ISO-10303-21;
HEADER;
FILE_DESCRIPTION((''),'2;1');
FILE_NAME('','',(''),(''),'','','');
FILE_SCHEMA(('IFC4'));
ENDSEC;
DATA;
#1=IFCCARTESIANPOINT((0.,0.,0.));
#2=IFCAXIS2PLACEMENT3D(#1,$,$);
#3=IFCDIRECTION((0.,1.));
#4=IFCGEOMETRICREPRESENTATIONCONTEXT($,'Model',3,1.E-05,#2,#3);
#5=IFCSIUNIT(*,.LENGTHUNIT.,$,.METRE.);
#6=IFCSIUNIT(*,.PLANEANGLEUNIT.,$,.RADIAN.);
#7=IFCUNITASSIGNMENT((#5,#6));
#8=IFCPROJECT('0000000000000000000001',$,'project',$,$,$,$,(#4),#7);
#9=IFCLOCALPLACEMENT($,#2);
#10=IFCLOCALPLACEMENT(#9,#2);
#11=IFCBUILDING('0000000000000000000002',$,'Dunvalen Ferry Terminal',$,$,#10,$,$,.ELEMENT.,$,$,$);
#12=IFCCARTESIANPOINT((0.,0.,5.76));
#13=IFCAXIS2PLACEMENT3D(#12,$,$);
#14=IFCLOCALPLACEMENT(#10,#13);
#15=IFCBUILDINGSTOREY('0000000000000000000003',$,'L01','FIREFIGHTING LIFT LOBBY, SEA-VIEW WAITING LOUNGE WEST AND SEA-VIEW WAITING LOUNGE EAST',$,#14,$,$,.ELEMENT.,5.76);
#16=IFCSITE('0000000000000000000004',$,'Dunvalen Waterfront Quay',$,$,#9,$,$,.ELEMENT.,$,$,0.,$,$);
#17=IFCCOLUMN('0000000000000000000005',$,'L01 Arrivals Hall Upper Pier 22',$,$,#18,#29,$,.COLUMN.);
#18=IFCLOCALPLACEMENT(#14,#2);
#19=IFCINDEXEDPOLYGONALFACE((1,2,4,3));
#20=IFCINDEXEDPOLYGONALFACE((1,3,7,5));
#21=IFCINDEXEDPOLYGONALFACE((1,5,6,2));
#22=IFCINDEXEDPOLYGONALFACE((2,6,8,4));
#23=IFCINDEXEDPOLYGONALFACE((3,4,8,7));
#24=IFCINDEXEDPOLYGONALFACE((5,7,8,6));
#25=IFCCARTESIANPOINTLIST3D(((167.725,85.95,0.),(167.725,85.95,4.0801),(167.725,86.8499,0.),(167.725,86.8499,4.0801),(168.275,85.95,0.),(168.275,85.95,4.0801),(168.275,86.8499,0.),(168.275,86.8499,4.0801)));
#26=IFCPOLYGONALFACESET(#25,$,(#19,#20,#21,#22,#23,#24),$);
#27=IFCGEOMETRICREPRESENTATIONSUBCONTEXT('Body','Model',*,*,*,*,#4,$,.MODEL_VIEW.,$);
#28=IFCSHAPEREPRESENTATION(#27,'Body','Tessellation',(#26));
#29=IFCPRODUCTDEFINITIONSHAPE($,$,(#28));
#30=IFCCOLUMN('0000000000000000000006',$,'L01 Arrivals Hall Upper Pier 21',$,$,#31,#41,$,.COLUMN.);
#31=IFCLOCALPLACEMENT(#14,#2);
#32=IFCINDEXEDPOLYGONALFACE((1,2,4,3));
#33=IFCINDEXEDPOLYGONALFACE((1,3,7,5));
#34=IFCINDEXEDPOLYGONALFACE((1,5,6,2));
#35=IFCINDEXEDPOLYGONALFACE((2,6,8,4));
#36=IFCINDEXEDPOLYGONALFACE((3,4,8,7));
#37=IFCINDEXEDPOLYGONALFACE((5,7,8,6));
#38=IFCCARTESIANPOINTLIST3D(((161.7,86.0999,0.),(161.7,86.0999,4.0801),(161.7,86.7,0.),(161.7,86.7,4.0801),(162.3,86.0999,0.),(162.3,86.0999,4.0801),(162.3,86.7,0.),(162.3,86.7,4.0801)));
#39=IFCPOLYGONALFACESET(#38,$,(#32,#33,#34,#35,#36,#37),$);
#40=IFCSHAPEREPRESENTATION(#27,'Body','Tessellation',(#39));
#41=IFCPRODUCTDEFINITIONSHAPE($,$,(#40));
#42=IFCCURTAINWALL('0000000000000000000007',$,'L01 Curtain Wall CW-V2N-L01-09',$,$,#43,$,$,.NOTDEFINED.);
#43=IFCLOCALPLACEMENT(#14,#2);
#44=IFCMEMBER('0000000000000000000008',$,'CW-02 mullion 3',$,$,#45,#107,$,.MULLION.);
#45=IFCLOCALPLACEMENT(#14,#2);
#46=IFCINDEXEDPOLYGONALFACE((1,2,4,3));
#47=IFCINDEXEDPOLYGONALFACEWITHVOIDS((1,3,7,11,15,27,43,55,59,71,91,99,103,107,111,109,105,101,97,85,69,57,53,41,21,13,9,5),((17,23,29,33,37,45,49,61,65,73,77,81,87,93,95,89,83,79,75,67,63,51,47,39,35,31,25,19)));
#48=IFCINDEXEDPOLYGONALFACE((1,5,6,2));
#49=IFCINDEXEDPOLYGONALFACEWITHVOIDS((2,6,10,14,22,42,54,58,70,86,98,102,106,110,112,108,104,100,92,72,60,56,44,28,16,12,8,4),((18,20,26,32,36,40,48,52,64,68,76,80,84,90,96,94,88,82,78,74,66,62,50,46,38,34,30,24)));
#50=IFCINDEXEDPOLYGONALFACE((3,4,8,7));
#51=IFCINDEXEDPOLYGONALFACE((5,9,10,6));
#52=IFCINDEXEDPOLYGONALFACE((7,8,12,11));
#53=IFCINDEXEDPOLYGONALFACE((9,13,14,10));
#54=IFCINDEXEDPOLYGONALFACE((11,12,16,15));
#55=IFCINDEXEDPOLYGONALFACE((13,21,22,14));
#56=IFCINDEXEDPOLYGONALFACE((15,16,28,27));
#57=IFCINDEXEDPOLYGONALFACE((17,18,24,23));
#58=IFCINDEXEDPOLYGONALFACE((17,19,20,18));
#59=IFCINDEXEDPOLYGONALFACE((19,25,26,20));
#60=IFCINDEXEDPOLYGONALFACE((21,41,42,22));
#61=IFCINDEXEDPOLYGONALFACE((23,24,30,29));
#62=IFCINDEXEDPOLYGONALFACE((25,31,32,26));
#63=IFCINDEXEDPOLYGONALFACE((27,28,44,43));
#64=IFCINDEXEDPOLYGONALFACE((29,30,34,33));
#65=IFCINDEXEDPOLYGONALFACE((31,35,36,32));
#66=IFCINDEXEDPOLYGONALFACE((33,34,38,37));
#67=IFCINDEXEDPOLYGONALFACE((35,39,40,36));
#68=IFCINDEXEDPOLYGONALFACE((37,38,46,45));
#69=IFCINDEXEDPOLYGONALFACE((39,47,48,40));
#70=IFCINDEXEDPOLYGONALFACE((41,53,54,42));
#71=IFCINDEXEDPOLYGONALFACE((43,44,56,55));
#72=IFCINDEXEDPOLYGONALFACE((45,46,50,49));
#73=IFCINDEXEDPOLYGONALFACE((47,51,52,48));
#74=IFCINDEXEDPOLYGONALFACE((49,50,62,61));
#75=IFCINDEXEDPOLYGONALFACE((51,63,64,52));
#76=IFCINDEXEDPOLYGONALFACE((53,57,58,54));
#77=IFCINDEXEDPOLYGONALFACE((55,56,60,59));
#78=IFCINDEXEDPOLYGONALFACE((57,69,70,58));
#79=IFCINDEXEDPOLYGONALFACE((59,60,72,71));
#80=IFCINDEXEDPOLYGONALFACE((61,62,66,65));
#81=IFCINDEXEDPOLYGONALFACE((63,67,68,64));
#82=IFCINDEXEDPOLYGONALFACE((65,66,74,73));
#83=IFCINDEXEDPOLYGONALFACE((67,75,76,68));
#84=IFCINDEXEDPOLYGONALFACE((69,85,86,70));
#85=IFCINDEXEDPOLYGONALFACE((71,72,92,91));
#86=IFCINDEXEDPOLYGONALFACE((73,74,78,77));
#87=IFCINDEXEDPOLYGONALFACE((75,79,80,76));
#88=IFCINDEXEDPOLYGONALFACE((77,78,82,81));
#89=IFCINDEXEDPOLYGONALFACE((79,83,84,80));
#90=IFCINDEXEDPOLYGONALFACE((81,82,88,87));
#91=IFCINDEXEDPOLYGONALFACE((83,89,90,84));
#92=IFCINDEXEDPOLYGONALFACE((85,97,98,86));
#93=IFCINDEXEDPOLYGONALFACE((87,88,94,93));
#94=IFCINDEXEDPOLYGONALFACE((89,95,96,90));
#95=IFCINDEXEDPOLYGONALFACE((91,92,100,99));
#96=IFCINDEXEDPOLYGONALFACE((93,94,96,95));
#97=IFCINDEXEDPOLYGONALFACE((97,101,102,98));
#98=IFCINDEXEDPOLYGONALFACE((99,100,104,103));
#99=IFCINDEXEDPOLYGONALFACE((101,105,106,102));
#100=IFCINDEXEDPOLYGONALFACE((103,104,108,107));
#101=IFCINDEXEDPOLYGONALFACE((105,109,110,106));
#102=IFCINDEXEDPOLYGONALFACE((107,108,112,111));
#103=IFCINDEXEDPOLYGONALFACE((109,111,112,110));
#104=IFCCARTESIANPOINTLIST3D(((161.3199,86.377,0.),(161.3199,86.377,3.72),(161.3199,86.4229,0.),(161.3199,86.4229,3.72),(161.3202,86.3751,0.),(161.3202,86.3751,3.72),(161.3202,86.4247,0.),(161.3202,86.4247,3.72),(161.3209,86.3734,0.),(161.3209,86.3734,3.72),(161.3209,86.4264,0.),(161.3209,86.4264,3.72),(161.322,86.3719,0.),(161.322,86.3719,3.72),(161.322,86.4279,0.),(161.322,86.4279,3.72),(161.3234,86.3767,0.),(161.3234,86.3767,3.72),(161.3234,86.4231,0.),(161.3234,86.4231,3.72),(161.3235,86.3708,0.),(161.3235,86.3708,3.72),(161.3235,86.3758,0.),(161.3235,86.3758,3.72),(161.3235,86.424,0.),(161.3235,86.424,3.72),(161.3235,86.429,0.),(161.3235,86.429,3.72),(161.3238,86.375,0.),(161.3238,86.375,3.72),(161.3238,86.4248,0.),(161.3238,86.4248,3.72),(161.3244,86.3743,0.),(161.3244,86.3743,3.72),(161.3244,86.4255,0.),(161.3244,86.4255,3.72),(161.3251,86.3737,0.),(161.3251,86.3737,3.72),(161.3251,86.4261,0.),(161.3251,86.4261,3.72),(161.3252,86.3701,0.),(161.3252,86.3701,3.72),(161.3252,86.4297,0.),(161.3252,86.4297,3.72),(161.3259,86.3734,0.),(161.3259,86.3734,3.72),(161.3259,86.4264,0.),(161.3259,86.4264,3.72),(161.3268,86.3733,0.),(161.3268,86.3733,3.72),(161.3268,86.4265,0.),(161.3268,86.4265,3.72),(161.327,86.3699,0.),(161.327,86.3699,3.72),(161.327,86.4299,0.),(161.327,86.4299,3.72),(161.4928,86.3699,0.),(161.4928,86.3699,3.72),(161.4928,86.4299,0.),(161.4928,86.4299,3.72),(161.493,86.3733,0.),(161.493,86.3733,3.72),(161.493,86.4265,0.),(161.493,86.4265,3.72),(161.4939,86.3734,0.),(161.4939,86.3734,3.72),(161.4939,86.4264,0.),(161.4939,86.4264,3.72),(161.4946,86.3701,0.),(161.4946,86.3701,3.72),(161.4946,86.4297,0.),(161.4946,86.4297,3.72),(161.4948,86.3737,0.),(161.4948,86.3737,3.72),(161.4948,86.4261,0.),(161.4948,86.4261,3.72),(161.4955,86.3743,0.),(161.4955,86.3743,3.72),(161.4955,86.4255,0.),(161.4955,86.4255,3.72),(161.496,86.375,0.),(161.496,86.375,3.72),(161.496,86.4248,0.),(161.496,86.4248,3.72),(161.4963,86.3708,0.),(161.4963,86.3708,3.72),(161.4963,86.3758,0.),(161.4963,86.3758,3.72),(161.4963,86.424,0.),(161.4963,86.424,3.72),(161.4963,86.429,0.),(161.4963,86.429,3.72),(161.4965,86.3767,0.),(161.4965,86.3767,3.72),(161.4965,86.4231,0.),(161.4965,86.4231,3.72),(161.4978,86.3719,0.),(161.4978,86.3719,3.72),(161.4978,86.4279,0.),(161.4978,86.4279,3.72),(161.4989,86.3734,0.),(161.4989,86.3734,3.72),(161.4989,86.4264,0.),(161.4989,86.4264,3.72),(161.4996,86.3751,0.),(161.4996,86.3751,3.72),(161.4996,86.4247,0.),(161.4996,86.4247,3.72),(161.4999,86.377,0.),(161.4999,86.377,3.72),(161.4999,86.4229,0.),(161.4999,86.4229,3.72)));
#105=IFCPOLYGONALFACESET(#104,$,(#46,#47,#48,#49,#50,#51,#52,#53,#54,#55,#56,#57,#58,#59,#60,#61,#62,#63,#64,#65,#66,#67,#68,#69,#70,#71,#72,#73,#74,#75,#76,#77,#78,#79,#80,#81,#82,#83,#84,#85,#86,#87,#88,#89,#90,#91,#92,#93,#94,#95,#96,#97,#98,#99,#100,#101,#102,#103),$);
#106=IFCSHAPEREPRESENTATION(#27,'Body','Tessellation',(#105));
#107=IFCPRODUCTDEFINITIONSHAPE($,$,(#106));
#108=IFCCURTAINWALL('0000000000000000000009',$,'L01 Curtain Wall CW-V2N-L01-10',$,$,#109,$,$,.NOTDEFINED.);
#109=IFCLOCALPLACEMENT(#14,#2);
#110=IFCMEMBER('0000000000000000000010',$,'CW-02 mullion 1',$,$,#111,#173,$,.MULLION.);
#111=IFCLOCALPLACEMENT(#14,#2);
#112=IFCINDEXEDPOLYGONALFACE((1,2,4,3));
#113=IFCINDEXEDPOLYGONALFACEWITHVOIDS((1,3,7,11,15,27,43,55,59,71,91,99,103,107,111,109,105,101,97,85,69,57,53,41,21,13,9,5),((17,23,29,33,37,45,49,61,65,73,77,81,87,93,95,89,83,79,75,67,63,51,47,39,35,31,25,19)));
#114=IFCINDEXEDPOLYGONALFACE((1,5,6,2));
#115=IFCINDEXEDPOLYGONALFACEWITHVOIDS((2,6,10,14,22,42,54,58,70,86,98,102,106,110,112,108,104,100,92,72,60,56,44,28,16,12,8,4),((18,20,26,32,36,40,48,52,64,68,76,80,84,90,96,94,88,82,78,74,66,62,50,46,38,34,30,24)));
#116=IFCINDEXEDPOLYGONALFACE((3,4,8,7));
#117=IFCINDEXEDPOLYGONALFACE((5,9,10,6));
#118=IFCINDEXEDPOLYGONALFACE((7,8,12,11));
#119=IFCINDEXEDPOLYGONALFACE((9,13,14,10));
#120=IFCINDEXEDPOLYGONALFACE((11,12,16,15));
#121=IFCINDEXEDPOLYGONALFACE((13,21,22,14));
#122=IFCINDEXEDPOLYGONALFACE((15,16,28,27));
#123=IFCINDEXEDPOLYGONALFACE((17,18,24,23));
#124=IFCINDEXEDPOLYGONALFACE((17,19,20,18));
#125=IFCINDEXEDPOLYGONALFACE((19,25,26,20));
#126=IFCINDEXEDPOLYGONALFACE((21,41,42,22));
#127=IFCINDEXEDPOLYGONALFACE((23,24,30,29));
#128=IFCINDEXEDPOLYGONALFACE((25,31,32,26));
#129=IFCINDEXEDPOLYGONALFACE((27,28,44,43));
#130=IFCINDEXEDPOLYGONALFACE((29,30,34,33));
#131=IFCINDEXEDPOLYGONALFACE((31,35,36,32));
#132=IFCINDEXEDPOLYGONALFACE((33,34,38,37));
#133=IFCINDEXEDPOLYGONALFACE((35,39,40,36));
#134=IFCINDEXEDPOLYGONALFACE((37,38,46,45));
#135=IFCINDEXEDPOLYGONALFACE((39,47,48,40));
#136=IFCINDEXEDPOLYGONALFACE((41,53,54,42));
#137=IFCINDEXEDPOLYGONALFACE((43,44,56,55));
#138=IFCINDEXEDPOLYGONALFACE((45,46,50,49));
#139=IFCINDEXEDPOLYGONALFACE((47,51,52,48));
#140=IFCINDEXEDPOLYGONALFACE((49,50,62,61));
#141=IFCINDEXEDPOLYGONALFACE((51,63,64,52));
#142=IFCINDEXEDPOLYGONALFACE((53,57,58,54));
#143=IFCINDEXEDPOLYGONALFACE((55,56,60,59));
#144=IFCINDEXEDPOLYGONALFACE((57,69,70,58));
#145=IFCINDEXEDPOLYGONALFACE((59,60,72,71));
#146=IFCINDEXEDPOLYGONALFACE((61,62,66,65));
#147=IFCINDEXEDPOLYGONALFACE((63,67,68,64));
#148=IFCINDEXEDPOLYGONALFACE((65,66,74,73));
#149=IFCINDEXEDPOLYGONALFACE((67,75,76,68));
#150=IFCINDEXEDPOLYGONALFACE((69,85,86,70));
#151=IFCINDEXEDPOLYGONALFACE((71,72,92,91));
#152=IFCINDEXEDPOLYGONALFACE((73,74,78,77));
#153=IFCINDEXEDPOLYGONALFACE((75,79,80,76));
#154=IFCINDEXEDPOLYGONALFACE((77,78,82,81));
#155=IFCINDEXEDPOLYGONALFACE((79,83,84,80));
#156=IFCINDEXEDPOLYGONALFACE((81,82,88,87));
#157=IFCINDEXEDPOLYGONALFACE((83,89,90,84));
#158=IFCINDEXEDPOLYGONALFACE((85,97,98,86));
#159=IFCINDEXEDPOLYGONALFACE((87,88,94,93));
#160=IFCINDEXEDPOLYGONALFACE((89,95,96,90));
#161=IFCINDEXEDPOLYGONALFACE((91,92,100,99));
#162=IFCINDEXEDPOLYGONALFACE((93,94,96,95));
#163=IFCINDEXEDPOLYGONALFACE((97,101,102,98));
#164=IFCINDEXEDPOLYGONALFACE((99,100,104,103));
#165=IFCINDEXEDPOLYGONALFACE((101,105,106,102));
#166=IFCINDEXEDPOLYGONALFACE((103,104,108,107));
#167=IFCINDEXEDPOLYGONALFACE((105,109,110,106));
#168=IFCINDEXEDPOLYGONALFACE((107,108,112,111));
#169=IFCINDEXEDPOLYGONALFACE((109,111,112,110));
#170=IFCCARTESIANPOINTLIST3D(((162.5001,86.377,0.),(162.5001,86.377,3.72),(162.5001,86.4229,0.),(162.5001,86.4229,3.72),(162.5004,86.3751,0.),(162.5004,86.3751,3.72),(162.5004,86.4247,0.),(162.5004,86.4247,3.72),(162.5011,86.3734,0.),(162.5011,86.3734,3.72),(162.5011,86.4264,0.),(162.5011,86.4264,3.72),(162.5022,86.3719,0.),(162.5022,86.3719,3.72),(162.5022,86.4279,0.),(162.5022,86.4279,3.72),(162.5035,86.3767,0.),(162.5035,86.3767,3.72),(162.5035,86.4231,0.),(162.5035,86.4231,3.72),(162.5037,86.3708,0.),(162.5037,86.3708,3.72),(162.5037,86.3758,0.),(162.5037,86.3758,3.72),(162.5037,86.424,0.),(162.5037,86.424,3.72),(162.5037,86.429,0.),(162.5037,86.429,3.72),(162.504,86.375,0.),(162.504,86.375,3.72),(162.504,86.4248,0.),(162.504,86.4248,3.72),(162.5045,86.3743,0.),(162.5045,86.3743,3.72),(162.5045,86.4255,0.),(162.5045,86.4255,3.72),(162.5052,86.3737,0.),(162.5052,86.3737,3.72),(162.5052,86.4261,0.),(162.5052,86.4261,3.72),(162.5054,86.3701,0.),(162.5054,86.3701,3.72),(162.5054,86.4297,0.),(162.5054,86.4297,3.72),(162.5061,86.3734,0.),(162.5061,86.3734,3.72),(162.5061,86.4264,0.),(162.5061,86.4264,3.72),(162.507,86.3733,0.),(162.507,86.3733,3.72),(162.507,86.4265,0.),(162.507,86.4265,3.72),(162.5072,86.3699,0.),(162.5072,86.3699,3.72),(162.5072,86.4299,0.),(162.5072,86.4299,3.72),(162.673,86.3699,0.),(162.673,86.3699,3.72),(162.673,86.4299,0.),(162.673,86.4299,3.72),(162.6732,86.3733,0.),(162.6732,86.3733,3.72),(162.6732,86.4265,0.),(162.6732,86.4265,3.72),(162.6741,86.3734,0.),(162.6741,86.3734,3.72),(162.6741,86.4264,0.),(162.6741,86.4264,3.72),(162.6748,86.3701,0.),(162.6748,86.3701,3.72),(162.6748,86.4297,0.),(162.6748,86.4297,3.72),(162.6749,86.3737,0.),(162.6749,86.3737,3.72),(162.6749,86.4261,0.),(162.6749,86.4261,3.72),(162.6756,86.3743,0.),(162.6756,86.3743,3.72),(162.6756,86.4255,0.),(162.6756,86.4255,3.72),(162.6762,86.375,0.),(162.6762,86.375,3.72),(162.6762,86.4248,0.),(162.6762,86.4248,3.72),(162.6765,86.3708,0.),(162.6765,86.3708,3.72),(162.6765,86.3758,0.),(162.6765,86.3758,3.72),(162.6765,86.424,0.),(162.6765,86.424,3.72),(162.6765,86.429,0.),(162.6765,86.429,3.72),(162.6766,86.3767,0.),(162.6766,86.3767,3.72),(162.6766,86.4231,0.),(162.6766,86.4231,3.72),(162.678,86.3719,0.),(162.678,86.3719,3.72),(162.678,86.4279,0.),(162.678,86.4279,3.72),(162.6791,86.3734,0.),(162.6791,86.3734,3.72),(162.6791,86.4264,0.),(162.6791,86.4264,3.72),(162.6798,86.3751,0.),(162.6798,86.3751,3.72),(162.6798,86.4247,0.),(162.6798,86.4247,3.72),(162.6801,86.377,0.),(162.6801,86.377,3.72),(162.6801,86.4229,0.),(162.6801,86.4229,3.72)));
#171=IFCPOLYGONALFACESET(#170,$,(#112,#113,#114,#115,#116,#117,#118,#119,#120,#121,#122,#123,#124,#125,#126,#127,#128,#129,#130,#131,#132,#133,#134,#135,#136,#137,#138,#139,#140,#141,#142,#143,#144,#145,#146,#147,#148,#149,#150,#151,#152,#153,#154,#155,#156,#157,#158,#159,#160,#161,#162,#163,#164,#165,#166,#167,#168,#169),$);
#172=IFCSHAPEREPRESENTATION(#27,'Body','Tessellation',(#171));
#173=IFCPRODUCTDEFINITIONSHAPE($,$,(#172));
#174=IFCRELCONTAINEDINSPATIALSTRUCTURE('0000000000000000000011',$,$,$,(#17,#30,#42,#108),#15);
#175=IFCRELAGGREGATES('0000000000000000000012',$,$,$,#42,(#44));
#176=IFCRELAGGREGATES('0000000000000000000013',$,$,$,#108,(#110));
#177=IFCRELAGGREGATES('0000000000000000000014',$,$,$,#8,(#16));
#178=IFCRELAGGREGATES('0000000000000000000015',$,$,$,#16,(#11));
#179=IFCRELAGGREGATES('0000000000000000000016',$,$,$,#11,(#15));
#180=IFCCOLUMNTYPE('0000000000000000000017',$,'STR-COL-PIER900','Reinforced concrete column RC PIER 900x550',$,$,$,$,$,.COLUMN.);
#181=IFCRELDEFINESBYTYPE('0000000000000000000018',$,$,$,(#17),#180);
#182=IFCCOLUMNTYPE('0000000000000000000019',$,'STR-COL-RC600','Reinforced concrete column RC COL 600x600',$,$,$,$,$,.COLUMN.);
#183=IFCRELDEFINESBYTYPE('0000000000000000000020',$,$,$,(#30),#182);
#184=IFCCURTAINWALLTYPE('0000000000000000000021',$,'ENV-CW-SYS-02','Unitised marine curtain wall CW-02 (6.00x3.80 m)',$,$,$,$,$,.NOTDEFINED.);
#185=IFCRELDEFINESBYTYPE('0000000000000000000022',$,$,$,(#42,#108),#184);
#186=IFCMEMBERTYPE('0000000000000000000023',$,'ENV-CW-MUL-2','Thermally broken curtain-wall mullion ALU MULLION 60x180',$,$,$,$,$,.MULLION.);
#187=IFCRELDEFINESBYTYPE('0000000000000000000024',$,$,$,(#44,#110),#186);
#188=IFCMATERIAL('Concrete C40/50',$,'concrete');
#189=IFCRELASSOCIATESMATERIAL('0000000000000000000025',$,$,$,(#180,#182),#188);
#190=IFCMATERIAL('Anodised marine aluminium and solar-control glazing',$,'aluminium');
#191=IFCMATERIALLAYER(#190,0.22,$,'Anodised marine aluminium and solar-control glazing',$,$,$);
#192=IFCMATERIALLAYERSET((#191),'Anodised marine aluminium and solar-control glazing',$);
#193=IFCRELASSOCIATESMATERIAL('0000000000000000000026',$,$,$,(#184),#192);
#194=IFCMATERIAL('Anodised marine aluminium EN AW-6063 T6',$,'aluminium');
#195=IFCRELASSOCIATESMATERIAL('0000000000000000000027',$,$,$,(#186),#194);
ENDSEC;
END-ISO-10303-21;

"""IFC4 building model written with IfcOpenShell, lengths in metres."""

from ifc_helpers import new_model, si_unit, direction, frame, origin, origin_2d, place, context, subcontext, project, spatial, rectangle, hollow_rectangle, extrude, material, layer, layer_set, material_profile, profile_set, type_object, element, aggregate, save


model = new_model("IFC4")

# Units and contexts
model_context = context("Model", 3, precision=1e-05, world=origin(), true_north=direction((0.0, 1.0)))
body_context = subcontext(model_context, "Body", "Model", "MODEL_VIEW")
ifc_project = project(units=[si_unit("LENGTHUNIT", "METRE"), si_unit("PLANEANGLEUNIT", "RADIAN")], contexts=[model_context])

# Site, building, storey
site_placement = place(None, origin())
site = spatial("IfcSite", under=ifc_project, at=site_placement, Name="Dunvalen Waterfront Quay", CompositionType="ELEMENT", RefElevation=0.0)
building_placement = place(site_placement, origin())
building = spatial("IfcBuilding", under=site, at=building_placement, Name="Dunvalen Ferry Terminal", CompositionType="ELEMENT")
storey_placement = place(building_placement, frame((0.0, 0.0, 5.76)))
storey = spatial("IfcBuildingStorey", under=building, at=storey_placement, Name="L01", Description="FIREFIGHTING LIFT LOBBY, SEA-VIEW WAITING LOUNGE WEST AND SEA-VIEW WAITING LOUNGE EAST", CompositionType="ELEMENT", Elevation=5.76)

# Columns
ifc_material_1 = material(Name="Concrete C40/50", Category="concrete")
ifc_material_profile_1 = material_profile(ifc_material_1, rectangle(XDim=0.55, YDim=0.8999, at=origin_2d()), Name="Concrete C40/50")
ifc_profile_set_1 = profile_set([ifc_material_profile_1], Name="Concrete C40/50")
column_type_1 = type_object("IfcColumnType", Name="STR-COL-PIER900", Description="Reinforced concrete column RC PIER 900x550", PredefinedType="COLUMN", material=ifc_profile_set_1)
column_1_placement = place(storey_placement, frame((168.0, 86.3999, 0.0), z_axis=(0.0, 0.0, 1.0), x_axis=(1.0, 0.0, 0.0)))
element("IfcColumn", 1, at=column_1_placement, inside=storey, type_object=column_type_1, Name="L01 Arrivals Hall Upper Pier 22", PredefinedType="COLUMN", context=body_context, shape_type="SweptSolid", body=[
    extrude(rectangle(XDim=0.55, YDim=0.8999, at=origin_2d()), origin(), (0.0, 0.0, 1.0), 4.0801),
])
ifc_material_profile_2 = material_profile(ifc_material_1, rectangle(XDim=0.6001, YDim=0.6001, at=origin_2d()), Name="Concrete C40/50")
ifc_profile_set_2 = profile_set([ifc_material_profile_2], Name="Concrete C40/50")
column_type_2 = type_object("IfcColumnType", Name="STR-COL-RC600", Description="Reinforced concrete column RC COL 600x600", PredefinedType="COLUMN", material=ifc_profile_set_2)
column_2_placement = place(storey_placement, frame((162.0, 86.3999, 0.0), z_axis=(0.0, 0.0, 1.0), x_axis=(1.0, 0.0, 0.0)))
element("IfcColumn", 2, at=column_2_placement, inside=storey, type_object=column_type_2, Name="L01 Arrivals Hall Upper Pier 21", PredefinedType="COLUMN", context=body_context, shape_type="SweptSolid", body=[
    extrude(rectangle(XDim=0.6001, YDim=0.6001, at=origin_2d()), origin(), (0.0, 0.0, 1.0), 4.0801),
])

# Curtain wall, member
ifc_material_2 = material(Name="Anodised marine aluminium and solar-control glazing", Category="aluminium")
ifc_layer_1 = layer(ifc_material_2, 0.22, Name="Anodised marine aluminium and solar-control glazing")
ifc_layer_set_1 = layer_set([ifc_layer_1], Name="Anodised marine aluminium and solar-control glazing")
curtain_wall_type_1 = type_object("IfcCurtainWallType", Name="ENV-CW-SYS-02", Description="Unitised marine curtain wall CW-02 (6.00x3.80 m)", PredefinedType="NOTDEFINED", material=ifc_layer_set_1)
curtain_wall_1_placement = place(storey_placement, origin())
curtain_wall_1 = element("IfcCurtainWall", 3, at=curtain_wall_1_placement, inside=storey, type_object=curtain_wall_type_1, Name="L01 Curtain Wall CW-V2N-L01-09", PredefinedType="NOTDEFINED")
ifc_material_3 = material(Name="Anodised marine aluminium EN AW-6063 T6", Category="aluminium")
ifc_material_profile_3 = material_profile(ifc_material_3, hollow_rectangle(XDim=0.0601, YDim=0.1799, WallThickness=0.0034, InnerFilletRadius=0.0034, OuterFilletRadius=0.0071, at=origin_2d()), Name="Anodised marine aluminium EN AW-6063 T6")
ifc_profile_set_3 = profile_set([ifc_material_profile_3], Name="Anodised marine aluminium EN AW-6063 T6")
member_type_1 = type_object("IfcMemberType", Name="ENV-CW-MUL-2", Description="Thermally broken curtain-wall mullion ALU MULLION 60x180", PredefinedType="MULLION", material=ifc_profile_set_3)
member_1_placement = place(storey_placement, frame((161.4099, 86.3999, 0.0), z_axis=(0.0, 0.0, 1.0), x_axis=(0.0, 1.0, 0.0)))
member_1 = element("IfcMember", 4, at=member_1_placement, type_object=member_type_1, Name="CW-02 mullion 3", PredefinedType="MULLION", context=body_context, shape_type="SweptSolid", body=[
    extrude(hollow_rectangle(XDim=0.0601, YDim=0.1799, WallThickness=0.0034, InnerFilletRadius=0.0034, OuterFilletRadius=0.0071, at=origin_2d()), origin(), (0.0, 0.0, 1.0), 3.72),
])

# Curtain wall, member
curtain_wall_2_placement = place(storey_placement, origin())
curtain_wall_2 = element("IfcCurtainWall", 5, at=curtain_wall_2_placement, inside=storey, type_object=curtain_wall_type_1, Name="L01 Curtain Wall CW-V2N-L01-10", PredefinedType="NOTDEFINED")
member_2_placement = place(storey_placement, frame((162.5901, 86.3999, 0.0), z_axis=(0.0, 0.0, 1.0), x_axis=(0.0, 1.0, 0.0)))
member_2 = element("IfcMember", 6, at=member_2_placement, type_object=member_type_1, Name="CW-02 mullion 1", PredefinedType="MULLION", context=body_context, shape_type="SweptSolid", body=[
    extrude(hollow_rectangle(XDim=0.0601, YDim=0.1799, WallThickness=0.0034, InnerFilletRadius=0.0034, OuterFilletRadius=0.0071, at=origin_2d()), origin(), (0.0, 0.0, 1.0), 3.72),
])

aggregate(curtain_wall_1, [member_1])
aggregate(curtain_wall_2, [member_2])

save(model, "model.ifc")
